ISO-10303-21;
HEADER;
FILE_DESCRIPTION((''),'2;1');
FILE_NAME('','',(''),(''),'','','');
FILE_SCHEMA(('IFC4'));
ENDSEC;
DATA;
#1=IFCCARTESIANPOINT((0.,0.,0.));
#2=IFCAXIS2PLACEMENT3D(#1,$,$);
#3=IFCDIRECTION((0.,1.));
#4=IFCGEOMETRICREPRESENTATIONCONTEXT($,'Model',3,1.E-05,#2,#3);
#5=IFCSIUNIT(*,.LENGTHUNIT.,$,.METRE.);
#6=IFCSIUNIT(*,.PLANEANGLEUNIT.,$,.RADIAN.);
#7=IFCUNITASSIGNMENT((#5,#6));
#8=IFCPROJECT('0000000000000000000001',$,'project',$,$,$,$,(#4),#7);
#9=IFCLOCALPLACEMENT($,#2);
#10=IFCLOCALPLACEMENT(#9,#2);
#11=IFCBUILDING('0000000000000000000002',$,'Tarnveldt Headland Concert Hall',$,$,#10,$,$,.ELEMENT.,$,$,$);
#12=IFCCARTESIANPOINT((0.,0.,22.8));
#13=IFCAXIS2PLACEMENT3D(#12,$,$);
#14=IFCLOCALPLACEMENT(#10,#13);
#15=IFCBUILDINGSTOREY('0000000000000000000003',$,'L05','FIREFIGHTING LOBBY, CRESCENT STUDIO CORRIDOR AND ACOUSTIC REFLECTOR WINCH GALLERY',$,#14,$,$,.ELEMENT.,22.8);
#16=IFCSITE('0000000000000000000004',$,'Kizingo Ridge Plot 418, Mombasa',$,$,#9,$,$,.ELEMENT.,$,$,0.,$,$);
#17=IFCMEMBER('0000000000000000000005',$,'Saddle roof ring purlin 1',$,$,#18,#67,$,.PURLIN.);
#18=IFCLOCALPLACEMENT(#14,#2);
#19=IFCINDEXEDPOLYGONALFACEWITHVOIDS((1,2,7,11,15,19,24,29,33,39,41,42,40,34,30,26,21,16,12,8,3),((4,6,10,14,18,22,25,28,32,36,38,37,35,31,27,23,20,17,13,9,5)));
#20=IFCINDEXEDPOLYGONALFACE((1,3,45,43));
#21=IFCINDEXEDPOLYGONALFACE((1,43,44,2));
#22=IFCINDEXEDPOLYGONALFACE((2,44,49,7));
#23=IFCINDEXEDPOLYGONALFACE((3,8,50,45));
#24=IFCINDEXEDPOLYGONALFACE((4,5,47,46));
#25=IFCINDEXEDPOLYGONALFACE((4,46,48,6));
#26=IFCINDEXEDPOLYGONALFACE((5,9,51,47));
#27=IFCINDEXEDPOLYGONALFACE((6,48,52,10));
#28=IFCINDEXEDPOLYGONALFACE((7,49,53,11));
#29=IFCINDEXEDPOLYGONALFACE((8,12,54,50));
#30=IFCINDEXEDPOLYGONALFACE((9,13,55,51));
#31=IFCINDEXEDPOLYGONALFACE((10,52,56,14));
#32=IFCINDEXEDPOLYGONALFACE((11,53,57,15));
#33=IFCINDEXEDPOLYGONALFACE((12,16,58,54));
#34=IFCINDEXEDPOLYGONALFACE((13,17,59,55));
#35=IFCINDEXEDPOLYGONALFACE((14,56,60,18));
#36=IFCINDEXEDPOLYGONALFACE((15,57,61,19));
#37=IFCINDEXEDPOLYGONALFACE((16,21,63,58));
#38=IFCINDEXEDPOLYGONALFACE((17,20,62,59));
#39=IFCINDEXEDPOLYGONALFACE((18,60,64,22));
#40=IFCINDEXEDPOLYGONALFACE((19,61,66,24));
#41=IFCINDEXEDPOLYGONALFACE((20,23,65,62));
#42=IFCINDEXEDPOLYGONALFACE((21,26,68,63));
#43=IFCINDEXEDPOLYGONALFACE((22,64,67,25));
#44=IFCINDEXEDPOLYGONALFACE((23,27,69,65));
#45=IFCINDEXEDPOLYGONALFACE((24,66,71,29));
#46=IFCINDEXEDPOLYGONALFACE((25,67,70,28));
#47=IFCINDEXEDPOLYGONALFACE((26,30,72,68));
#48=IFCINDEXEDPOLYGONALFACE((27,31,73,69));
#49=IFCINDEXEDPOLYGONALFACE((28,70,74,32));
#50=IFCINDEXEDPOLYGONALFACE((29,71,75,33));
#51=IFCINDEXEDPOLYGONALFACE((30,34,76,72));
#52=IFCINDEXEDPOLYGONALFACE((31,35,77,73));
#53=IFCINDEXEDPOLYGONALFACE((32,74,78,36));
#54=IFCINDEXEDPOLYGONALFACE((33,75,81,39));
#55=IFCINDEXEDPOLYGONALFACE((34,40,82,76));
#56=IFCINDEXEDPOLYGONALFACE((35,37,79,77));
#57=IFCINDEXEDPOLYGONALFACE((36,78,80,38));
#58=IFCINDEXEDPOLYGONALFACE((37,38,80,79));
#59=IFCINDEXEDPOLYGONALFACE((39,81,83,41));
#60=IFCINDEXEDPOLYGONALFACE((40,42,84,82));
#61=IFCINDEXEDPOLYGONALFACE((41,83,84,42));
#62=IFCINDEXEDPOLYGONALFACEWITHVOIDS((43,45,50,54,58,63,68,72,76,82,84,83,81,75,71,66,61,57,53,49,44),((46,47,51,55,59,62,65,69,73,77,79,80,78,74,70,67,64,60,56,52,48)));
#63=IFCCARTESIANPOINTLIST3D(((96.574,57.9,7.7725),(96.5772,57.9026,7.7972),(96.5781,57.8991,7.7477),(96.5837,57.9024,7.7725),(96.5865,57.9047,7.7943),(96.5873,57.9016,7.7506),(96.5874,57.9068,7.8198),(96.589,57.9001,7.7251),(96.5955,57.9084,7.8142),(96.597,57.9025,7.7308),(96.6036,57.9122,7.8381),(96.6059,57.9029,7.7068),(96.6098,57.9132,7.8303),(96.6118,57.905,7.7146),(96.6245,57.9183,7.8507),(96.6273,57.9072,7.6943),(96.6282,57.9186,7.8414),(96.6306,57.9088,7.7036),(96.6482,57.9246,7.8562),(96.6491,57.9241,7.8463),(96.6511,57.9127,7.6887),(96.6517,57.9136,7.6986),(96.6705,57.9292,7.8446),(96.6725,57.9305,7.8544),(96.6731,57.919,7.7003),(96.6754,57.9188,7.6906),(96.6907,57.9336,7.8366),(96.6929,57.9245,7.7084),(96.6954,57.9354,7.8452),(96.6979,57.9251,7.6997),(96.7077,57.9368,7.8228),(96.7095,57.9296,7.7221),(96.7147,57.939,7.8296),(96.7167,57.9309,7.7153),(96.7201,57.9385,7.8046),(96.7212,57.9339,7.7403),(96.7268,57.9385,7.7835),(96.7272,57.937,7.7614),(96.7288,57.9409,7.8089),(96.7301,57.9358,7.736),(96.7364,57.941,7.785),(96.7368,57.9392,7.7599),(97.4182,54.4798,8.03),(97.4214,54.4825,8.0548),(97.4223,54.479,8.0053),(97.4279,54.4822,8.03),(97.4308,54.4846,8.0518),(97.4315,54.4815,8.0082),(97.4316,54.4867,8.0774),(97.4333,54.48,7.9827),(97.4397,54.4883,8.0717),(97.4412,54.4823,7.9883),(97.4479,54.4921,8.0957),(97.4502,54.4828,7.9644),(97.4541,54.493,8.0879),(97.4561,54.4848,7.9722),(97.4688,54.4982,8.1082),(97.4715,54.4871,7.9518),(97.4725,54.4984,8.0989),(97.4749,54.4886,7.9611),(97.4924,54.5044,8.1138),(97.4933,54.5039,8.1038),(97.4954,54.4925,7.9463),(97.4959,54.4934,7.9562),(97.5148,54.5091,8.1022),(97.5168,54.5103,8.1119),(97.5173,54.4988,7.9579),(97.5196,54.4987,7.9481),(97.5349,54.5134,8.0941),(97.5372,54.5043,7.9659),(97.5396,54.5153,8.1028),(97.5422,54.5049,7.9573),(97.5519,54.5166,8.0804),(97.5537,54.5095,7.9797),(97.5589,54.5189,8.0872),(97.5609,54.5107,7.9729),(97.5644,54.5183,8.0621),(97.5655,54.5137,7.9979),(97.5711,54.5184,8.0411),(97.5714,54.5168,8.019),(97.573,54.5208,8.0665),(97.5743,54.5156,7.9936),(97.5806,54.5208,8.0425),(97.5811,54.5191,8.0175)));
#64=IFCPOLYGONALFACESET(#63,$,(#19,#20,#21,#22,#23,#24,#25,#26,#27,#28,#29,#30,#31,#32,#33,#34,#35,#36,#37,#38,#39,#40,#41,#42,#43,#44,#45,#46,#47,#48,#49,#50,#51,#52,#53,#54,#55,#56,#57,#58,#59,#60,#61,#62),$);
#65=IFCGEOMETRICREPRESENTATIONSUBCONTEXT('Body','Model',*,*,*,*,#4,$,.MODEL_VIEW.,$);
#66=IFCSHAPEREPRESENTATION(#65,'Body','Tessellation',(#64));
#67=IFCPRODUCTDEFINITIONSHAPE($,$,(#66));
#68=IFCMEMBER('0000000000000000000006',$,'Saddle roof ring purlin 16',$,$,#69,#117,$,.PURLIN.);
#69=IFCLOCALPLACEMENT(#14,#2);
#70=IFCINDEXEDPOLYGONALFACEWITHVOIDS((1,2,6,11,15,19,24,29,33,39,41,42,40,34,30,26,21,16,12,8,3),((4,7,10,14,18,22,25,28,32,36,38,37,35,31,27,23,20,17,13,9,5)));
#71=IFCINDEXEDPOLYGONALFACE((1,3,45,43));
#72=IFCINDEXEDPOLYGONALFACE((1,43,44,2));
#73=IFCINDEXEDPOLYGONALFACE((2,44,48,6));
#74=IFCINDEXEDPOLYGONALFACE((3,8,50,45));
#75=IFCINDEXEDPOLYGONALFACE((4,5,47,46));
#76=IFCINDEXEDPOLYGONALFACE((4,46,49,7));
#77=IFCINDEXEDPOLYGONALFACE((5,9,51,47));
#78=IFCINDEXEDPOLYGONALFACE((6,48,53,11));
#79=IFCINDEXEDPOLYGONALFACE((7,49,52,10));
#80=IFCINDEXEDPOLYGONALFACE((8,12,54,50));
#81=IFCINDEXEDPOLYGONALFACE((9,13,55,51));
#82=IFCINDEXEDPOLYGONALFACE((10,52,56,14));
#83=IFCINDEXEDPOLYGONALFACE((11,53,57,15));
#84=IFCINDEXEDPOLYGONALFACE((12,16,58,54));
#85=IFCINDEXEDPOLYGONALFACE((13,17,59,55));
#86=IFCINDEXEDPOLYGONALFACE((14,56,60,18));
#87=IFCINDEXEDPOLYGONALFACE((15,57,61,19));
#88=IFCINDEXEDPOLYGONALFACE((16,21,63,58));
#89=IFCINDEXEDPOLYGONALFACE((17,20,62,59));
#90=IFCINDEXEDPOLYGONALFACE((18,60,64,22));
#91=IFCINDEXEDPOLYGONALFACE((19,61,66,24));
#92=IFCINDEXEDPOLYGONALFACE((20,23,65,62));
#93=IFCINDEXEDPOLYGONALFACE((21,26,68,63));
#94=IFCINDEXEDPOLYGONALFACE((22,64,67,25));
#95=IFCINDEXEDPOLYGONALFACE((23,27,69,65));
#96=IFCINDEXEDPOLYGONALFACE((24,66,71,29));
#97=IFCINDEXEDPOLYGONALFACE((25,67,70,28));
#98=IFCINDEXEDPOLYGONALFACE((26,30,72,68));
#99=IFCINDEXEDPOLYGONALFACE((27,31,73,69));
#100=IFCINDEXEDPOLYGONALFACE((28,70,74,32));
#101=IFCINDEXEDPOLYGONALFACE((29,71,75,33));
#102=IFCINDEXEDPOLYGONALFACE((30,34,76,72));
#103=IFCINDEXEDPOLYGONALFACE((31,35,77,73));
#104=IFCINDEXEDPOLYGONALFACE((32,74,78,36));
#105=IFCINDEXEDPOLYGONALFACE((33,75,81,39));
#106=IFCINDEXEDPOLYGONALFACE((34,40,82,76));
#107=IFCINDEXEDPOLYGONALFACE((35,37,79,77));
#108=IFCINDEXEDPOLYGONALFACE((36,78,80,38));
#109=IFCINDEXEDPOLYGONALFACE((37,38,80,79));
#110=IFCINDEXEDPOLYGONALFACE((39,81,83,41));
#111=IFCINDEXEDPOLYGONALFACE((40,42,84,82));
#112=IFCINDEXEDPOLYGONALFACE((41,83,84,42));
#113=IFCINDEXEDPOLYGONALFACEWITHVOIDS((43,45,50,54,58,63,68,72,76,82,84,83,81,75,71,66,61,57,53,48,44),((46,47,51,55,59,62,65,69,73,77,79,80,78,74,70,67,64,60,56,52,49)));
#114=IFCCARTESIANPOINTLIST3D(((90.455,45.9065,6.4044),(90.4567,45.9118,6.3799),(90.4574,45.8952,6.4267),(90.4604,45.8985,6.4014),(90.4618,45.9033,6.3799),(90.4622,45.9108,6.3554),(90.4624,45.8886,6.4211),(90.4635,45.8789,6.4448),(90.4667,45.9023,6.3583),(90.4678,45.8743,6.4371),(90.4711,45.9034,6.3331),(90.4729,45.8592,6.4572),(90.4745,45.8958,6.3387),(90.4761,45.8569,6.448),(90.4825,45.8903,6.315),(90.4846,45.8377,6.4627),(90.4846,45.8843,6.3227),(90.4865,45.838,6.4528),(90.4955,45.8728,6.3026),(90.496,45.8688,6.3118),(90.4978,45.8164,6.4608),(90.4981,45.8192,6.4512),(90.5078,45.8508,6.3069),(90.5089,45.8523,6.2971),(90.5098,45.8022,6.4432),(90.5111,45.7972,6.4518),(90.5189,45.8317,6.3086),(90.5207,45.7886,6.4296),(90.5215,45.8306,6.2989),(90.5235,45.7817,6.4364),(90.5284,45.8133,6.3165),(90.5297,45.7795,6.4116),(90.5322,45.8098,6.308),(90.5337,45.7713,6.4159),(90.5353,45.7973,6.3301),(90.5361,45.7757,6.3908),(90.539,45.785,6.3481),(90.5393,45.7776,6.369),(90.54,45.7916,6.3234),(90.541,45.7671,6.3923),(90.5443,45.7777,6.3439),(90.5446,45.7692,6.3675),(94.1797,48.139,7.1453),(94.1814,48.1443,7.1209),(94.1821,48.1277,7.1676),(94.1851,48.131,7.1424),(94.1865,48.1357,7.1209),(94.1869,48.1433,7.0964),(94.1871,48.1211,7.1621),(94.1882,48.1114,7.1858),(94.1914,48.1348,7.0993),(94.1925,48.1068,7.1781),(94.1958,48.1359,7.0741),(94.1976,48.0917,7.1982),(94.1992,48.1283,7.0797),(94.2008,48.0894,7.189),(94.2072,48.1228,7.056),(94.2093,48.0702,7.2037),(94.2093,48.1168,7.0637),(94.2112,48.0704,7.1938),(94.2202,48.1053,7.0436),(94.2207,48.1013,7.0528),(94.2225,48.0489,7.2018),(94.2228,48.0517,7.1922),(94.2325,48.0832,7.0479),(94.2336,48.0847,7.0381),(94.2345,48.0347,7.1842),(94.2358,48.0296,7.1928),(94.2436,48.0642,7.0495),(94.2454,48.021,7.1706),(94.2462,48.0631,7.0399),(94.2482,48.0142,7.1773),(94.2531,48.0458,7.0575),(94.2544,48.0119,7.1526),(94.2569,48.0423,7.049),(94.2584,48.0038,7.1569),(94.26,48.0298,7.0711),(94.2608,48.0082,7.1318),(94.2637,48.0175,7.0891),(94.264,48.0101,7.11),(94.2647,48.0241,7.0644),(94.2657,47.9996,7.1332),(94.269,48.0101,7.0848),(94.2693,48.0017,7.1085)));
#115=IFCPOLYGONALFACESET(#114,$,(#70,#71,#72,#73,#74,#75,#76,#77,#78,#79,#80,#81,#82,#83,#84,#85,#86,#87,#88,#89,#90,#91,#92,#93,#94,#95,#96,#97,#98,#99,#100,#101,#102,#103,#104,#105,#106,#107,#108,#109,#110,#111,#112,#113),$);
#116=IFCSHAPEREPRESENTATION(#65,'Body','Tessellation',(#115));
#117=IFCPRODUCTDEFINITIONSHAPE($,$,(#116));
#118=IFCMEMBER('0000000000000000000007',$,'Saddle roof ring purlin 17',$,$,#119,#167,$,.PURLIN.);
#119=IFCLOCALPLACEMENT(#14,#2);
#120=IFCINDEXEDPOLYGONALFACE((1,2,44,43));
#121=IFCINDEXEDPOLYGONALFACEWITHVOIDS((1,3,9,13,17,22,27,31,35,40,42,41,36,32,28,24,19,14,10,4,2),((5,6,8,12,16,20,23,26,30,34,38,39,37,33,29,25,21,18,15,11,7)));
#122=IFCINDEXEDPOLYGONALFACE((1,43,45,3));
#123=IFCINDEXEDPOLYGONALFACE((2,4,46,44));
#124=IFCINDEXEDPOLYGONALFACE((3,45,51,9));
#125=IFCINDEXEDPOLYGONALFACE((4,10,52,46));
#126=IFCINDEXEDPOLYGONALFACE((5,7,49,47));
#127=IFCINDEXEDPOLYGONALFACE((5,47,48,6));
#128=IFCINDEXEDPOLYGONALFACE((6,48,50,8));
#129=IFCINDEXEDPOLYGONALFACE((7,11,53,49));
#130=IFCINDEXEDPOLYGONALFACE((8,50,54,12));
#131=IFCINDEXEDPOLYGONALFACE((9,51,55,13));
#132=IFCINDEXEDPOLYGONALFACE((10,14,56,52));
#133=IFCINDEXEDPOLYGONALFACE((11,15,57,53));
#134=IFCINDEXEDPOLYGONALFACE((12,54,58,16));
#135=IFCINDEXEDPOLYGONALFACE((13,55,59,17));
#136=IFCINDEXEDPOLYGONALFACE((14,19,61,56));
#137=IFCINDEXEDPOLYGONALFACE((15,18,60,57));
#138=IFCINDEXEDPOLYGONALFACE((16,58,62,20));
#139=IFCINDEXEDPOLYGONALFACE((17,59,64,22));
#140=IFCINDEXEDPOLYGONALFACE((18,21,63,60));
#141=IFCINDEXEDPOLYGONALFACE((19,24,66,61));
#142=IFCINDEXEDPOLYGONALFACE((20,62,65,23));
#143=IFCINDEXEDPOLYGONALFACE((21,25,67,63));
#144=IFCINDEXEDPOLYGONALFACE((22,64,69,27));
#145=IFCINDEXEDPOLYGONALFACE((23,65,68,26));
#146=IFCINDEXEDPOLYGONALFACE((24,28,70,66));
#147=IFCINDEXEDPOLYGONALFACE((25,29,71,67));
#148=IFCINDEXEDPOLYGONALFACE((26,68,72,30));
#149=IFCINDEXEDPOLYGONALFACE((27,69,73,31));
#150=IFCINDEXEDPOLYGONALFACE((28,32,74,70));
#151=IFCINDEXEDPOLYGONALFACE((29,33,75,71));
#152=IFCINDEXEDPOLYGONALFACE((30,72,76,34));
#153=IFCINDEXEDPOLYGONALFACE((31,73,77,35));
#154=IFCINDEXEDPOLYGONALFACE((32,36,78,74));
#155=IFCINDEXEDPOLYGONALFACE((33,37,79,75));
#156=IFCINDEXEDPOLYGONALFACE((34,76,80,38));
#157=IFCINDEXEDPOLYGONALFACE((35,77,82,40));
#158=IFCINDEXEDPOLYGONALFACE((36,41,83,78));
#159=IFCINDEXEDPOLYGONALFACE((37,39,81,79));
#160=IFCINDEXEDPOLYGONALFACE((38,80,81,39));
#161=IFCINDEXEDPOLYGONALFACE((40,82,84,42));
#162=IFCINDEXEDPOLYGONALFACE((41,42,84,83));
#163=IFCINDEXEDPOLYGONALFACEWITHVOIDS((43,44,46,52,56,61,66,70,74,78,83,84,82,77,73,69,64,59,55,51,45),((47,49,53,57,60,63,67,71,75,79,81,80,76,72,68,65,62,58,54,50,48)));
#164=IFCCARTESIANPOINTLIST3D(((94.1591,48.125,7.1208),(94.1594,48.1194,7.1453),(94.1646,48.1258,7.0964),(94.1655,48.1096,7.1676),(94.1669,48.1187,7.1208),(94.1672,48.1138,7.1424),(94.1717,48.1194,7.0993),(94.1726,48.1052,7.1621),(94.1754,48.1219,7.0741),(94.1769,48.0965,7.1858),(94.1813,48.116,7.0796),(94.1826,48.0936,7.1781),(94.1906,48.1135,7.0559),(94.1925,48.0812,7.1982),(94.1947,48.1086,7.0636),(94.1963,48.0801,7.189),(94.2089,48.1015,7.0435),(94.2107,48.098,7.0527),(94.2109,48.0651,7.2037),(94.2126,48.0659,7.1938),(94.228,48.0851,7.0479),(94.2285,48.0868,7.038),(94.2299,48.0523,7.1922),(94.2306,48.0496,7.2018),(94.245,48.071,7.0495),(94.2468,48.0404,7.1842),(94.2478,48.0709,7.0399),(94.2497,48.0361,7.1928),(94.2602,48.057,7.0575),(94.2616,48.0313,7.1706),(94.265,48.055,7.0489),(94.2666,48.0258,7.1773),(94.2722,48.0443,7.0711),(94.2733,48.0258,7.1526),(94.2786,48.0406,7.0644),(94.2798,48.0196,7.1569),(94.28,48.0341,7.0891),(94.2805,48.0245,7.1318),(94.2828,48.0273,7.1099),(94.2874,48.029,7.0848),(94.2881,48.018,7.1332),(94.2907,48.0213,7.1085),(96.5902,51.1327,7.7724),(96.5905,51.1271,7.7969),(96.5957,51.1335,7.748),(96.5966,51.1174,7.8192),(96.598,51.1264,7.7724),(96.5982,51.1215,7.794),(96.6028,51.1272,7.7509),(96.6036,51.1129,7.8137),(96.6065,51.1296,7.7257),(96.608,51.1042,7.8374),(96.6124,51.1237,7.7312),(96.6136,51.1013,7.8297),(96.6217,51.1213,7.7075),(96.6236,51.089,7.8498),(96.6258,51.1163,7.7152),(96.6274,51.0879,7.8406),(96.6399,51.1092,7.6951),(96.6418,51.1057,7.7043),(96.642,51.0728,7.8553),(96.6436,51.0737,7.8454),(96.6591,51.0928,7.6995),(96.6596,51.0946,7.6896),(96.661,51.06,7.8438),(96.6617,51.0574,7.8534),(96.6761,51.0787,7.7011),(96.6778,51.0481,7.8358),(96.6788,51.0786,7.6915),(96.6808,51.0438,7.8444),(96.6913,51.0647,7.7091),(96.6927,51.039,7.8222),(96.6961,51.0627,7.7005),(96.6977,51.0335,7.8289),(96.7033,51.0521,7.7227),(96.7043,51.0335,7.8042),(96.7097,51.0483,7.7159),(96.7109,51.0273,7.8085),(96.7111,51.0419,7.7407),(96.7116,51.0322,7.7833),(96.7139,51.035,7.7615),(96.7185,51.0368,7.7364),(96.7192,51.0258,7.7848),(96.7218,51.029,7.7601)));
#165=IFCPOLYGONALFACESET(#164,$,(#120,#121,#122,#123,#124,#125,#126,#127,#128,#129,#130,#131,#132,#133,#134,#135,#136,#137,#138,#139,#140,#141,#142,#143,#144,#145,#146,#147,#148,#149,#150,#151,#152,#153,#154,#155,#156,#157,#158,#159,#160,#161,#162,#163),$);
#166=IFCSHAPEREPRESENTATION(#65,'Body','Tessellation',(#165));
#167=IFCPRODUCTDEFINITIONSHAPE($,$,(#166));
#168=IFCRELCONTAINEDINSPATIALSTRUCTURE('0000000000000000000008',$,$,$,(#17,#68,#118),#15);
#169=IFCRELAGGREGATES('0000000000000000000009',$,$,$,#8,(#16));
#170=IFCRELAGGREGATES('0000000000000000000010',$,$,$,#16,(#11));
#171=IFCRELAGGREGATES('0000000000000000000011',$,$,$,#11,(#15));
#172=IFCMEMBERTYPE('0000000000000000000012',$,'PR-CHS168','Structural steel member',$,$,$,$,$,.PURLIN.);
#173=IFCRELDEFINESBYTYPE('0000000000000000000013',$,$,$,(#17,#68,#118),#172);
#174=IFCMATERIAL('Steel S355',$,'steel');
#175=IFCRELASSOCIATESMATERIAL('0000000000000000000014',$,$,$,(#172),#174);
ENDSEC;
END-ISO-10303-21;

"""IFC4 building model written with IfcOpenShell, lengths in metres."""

from ifc_helpers import new_model, si_unit, direction, frame, origin, origin_2d, place, context, subcontext, project, spatial, hollow_circle, extrude, material, material_profile, profile_set, type_object, element, save


model = new_model("IFC4")

# Units and contexts
model_context = context("Model", 3, precision=1e-05, world=origin(), true_north=direction((0.0, 1.0)))
body_context = subcontext(model_context, "Body", "Model", "MODEL_VIEW")
ifc_project = project(units=[si_unit("LENGTHUNIT", "METRE"), si_unit("PLANEANGLEUNIT", "RADIAN")], contexts=[model_context])

# Site, building, storey
site_placement = place(None, origin())
site = spatial("IfcSite", under=ifc_project, at=site_placement, Name="Kizingo Ridge Plot 418, Mombasa", CompositionType="ELEMENT", RefElevation=0.0)
building_placement = place(site_placement, origin())
building = spatial("IfcBuilding", under=site, at=building_placement, Name="Tarnveldt Headland Concert Hall", CompositionType="ELEMENT")
storey_placement = place(building_placement, frame((0.0, 0.0, 22.8)))
storey = spatial("IfcBuildingStorey", under=building, at=storey_placement, Name="L05", Description="FIREFIGHTING LOBBY, CRESCENT STUDIO CORRIDOR AND ACOUSTIC REFLECTOR WINCH GALLERY", CompositionType="ELEMENT", Elevation=22.8)

# Members
ifc_material_1 = material(Name="Steel S355", Category="steel")
ifc_material_profile_1 = material_profile(ifc_material_1, hollow_circle(Radius=0.0842, WallThickness=0.01, at=origin_2d()), Name="CHS 168.3x10", Category="steel")
ifc_profile_set_1 = profile_set([ifc_material_profile_1], Name="Steel S355")
member_type_1 = type_object("IfcMemberType", Name="PR-CHS168", Description="Structural steel member", PredefinedType="PURLIN", material=ifc_profile_set_1)
member_1_placement = place(storey_placement, frame((97.5, 54.5, 8.03), z_axis=(-0.23901, 0.968275, -0.07292), x_axis=(-0.97086, -0.239648, 0.0)))
element("IfcMember", 1, at=member_1_placement, inside=storey, type_object=member_type_1, Name="Saddle roof ring purlin 1", PredefinedType="PURLIN", context=body_context, shape_type="SweptSolid", body=[
    extrude(hollow_circle(Radius=0.0842, WallThickness=0.01, at=origin_2d()), origin(), (0.0, 0.0, 1.0), 3.5322),
])
member_2_placement = place(storey_placement, frame((90.5, 45.8396, 6.3799), z_axis=(0.84551, 0.506774, 0.168204), x_axis=(-0.514099, 0.857731, 0.0)))
element("IfcMember", 2, at=member_2_placement, inside=storey, type_object=member_type_1, Name="Saddle roof ring purlin 16", PredefinedType="PURLIN", context=body_context, shape_type="SweptSolid", body=[
    extrude(hollow_circle(Radius=0.0842, WallThickness=0.01, at=origin_2d()), origin(), (0.0, 0.0, 1.0), 4.4053),
])
member_3_placement = place(storey_placement, frame((94.2246, 48.072, 7.1208), z_axis=(0.619877, 0.766909, 0.166143), x_axis=(-0.777718, 0.628613, 0.0)))
element("IfcMember", 3, at=member_3_placement, inside=storey, type_object=member_type_1, Name="Saddle roof ring purlin 17", PredefinedType="PURLIN", context=body_context, shape_type="SweptSolid", body=[
    extrude(hollow_circle(Radius=0.0842, WallThickness=0.01, at=origin_2d()), origin(), (0.0, 0.0, 1.0), 3.9219),
])

save(model, "model.ifc")
